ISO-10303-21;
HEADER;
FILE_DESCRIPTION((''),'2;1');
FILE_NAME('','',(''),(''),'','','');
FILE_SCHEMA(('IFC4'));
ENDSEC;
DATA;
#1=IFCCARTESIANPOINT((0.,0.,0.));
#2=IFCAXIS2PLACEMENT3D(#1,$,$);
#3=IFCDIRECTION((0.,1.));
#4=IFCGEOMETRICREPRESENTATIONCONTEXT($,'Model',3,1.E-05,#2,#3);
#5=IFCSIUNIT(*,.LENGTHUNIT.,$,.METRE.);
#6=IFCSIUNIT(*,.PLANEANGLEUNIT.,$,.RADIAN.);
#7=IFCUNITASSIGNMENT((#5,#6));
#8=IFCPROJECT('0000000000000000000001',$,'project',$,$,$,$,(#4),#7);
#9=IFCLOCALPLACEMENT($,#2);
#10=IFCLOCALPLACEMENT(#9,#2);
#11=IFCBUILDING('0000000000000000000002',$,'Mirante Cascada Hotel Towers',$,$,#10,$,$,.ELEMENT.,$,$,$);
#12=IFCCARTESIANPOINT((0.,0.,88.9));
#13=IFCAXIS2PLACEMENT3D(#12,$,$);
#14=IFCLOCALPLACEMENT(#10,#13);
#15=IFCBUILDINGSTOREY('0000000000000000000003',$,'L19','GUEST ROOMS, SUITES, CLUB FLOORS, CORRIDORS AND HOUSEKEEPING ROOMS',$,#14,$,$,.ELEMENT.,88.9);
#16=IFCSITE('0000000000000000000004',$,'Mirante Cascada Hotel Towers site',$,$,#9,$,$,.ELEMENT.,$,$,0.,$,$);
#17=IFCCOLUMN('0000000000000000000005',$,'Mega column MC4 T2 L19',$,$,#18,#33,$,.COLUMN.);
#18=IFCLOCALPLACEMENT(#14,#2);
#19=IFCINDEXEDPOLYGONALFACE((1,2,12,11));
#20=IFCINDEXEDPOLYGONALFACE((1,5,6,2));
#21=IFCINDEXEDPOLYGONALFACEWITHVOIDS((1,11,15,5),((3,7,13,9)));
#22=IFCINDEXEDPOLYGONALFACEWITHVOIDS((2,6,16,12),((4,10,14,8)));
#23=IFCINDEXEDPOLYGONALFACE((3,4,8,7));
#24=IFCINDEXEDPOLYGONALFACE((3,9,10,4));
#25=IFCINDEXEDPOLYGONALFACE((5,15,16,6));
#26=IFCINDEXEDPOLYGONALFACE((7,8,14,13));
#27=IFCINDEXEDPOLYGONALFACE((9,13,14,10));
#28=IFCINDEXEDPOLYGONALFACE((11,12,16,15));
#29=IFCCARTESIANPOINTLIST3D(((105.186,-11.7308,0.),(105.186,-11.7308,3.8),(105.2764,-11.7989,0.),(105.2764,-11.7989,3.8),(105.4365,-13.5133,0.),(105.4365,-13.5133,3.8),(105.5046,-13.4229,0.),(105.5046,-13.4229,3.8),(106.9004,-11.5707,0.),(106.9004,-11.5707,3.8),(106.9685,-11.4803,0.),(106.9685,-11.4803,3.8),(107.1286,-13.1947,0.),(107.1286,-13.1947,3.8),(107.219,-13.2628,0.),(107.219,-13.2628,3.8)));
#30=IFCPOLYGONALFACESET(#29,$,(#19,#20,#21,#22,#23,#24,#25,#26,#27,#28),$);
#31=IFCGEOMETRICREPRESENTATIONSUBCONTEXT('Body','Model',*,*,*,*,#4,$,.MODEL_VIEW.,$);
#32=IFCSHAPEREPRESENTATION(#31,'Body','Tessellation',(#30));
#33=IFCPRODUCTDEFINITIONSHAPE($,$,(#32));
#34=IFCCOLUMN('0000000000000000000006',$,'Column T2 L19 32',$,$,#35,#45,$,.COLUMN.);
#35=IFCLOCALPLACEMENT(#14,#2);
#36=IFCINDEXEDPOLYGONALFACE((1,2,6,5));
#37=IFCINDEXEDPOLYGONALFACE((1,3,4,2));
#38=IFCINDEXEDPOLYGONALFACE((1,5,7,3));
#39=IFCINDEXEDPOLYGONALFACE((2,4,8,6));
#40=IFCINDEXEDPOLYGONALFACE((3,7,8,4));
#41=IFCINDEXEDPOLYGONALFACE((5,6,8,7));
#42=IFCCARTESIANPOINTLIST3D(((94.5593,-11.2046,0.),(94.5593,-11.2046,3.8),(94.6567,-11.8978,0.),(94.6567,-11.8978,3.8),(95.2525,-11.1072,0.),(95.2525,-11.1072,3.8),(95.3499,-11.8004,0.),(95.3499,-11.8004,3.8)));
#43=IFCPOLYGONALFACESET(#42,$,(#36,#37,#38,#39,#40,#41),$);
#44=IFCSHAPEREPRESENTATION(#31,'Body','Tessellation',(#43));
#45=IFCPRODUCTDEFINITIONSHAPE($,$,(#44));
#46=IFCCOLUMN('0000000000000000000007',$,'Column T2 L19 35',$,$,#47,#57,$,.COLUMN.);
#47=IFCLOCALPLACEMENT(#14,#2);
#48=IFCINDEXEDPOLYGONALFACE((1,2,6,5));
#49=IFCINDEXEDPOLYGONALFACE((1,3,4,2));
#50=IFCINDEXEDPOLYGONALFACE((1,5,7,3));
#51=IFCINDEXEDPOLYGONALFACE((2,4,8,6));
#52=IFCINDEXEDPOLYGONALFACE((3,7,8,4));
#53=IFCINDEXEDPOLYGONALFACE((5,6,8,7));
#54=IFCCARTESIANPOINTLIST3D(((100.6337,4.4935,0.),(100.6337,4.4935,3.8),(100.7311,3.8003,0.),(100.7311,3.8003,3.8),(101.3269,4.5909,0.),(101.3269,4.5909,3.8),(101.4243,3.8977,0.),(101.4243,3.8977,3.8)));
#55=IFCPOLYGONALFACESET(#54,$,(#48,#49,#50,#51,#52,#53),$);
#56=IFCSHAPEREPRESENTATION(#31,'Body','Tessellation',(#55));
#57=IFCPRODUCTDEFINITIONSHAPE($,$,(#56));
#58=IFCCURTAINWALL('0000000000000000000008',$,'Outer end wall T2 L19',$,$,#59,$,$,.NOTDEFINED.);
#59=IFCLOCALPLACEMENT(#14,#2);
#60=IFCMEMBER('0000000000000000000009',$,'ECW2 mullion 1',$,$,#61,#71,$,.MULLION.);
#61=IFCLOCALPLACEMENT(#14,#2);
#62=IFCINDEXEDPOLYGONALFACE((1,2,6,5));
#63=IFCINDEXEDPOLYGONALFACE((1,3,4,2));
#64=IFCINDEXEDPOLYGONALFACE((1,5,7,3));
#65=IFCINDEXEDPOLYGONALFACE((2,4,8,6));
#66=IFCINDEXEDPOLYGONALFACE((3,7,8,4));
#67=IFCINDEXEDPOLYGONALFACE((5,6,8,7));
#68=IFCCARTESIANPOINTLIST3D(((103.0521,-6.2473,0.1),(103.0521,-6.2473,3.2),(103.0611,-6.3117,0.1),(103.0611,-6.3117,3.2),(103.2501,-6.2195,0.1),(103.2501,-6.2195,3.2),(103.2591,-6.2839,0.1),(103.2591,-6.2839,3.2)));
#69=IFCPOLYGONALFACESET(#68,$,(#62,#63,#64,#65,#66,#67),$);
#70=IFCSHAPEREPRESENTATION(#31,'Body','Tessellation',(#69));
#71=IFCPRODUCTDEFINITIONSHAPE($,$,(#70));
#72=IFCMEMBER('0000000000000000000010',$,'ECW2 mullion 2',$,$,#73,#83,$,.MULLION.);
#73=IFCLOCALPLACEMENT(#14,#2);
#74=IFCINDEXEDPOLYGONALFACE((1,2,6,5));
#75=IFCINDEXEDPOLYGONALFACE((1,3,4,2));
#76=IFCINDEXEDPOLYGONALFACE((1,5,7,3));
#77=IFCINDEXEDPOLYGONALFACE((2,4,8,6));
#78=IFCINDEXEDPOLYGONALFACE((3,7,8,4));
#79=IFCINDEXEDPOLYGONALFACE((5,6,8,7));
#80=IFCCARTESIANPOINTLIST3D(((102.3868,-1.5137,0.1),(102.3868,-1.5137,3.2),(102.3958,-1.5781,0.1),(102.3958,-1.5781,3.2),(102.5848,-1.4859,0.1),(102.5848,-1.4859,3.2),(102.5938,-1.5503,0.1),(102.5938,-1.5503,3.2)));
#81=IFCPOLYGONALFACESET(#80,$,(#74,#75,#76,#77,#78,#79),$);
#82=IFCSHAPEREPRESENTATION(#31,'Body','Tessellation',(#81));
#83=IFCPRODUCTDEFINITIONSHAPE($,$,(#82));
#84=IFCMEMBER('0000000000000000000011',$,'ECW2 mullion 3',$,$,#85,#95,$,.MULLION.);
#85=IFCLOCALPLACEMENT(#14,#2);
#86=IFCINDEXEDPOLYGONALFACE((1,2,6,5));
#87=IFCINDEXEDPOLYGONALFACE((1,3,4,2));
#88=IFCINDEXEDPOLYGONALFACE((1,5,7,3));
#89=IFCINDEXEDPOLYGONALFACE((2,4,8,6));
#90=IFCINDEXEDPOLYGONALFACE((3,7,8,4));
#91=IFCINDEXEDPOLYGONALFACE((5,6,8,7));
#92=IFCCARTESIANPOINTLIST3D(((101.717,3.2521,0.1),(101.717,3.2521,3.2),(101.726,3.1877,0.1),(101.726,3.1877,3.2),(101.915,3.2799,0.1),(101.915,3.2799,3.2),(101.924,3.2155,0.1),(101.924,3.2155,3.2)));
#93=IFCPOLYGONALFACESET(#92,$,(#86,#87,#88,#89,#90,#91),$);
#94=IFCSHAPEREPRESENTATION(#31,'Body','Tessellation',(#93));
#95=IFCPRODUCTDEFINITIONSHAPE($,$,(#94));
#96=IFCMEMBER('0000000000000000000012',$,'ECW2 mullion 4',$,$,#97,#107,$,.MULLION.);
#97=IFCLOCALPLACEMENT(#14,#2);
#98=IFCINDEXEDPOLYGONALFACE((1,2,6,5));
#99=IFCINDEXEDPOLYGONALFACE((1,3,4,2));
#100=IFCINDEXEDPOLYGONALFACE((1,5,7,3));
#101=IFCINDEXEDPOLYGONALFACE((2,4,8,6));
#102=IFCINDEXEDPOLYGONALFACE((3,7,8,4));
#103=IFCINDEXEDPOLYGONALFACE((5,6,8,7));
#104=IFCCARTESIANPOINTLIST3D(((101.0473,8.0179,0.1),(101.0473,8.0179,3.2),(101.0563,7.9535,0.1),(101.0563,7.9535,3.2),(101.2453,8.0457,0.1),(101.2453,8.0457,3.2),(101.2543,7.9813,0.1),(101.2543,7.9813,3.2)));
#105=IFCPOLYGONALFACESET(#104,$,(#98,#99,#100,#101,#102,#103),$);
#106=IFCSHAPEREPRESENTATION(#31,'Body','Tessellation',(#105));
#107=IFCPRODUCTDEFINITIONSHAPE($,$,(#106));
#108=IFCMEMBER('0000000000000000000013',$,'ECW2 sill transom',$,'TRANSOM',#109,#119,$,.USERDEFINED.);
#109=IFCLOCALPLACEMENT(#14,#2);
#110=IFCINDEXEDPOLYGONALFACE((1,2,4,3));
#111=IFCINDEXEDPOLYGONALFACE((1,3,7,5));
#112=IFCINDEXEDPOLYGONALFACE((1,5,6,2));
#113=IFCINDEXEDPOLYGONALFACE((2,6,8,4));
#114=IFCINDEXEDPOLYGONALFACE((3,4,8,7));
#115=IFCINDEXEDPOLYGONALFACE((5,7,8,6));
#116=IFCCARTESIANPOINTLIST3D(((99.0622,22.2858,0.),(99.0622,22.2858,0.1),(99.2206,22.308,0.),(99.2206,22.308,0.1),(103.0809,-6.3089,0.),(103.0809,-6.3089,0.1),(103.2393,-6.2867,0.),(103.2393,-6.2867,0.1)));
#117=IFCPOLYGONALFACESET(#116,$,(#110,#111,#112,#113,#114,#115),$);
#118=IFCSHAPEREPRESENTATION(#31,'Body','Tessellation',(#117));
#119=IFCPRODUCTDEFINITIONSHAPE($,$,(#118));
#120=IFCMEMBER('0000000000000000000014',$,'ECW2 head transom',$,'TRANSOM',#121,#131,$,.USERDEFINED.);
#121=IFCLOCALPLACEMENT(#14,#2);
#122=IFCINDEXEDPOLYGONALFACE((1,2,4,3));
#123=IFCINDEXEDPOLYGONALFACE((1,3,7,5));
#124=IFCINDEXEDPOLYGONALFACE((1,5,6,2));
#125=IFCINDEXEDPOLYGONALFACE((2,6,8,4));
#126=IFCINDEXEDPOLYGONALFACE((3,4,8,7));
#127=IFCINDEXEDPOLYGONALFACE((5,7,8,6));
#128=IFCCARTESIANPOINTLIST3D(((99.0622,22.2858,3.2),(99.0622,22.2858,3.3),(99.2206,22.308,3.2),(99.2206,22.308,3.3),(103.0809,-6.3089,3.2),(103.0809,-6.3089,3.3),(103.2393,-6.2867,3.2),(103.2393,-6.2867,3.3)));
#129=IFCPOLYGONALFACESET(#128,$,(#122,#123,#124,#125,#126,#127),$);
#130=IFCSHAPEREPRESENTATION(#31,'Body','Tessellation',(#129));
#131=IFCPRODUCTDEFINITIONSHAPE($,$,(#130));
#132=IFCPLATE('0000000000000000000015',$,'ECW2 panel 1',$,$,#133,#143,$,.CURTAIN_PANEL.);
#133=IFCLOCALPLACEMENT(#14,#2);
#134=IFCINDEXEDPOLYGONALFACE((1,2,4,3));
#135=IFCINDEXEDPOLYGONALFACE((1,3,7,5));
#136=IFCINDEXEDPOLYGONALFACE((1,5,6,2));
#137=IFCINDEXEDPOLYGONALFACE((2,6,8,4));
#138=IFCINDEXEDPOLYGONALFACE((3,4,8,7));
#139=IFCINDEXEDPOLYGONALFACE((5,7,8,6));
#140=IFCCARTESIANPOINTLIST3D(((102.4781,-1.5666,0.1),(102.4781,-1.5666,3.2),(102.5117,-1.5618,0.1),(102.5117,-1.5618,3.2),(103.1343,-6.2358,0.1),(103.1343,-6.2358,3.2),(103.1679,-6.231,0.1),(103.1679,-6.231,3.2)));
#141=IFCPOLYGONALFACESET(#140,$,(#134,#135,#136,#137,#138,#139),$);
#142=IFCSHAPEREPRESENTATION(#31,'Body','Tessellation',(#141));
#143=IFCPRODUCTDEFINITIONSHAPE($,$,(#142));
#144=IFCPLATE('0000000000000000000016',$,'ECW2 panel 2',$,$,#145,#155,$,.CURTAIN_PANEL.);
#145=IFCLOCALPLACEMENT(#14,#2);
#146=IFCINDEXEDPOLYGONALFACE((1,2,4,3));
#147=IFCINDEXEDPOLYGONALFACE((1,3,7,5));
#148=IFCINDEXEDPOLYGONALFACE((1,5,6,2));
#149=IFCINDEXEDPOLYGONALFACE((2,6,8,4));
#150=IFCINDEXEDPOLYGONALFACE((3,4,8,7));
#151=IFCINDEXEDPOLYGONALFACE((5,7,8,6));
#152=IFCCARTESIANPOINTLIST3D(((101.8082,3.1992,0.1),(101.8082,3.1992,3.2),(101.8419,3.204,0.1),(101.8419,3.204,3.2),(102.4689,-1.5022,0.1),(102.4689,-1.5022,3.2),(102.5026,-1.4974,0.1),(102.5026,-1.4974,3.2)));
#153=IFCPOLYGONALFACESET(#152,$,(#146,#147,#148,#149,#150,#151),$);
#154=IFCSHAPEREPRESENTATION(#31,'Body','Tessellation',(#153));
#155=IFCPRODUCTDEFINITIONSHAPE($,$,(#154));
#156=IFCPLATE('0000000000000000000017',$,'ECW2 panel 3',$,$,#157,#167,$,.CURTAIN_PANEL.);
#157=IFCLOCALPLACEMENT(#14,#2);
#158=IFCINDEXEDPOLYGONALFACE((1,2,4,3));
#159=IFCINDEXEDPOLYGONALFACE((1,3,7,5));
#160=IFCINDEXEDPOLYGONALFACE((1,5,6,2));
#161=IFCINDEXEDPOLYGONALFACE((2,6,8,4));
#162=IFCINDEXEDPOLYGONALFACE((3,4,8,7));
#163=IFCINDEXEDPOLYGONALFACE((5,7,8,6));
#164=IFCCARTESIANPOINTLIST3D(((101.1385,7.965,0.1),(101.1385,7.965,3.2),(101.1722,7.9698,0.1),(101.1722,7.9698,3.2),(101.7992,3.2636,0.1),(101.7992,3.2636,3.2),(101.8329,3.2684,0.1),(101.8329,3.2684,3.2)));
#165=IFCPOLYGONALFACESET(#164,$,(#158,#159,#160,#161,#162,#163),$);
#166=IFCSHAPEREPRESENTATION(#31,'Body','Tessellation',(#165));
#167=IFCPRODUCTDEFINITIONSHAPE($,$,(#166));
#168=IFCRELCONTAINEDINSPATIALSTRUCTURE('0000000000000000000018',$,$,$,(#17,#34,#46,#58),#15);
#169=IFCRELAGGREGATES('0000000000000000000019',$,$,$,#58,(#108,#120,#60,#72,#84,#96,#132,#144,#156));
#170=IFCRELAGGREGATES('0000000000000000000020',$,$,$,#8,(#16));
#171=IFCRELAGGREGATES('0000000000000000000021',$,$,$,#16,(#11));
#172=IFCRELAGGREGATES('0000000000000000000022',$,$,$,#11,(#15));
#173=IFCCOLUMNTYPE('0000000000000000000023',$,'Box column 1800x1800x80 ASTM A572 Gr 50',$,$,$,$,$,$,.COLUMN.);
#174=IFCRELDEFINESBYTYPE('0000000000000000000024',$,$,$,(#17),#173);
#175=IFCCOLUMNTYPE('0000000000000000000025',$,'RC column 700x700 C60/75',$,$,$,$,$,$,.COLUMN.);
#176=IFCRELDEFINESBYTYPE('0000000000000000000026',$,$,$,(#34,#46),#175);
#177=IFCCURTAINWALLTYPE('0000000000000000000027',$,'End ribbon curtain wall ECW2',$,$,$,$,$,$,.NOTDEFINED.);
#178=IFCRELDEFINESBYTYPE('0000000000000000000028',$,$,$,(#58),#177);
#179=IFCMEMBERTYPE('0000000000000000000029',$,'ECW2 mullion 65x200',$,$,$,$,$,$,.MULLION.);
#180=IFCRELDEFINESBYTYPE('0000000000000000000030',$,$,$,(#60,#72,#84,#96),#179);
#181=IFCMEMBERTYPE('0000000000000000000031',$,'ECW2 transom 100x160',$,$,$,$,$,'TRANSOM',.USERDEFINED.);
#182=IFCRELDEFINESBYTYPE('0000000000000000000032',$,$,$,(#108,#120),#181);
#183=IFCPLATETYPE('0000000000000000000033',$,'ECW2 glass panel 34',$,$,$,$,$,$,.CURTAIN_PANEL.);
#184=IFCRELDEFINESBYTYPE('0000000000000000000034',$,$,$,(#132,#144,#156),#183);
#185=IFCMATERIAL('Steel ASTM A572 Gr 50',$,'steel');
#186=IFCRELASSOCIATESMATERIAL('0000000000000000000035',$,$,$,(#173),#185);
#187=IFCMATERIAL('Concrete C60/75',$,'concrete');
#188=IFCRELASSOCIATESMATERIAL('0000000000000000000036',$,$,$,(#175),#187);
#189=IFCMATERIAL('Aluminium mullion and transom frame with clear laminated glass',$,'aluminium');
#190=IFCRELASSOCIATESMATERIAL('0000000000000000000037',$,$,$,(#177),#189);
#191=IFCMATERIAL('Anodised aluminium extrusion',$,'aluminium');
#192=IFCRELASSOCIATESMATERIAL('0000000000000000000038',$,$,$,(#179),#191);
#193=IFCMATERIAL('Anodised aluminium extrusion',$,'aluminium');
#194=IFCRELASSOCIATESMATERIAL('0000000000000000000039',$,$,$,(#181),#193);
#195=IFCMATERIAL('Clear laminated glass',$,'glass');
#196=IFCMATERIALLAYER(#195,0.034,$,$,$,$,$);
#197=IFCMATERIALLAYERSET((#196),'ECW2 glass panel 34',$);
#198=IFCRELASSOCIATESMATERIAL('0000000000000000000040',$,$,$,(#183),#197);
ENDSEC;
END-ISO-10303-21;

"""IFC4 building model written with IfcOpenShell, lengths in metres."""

from ifc_helpers import new_model, si_unit, direction, frame, origin, origin_2d, place, context, subcontext, project, spatial, rectangle, hollow_rectangle, extrude, material, layer, layer_set, material_profile, profile_set, type_object, element, aggregate, save


model = new_model("IFC4")

# Units and contexts
model_context = context("Model", 3, precision=1e-05, world=origin(), true_north=direction((0.0, 1.0)))
body_context = subcontext(model_context, "Body", "Model", "MODEL_VIEW")
ifc_project = project(units=[si_unit("LENGTHUNIT", "METRE"), si_unit("PLANEANGLEUNIT", "RADIAN")], contexts=[model_context])

# Site, building, storey
site_placement = place(None, origin())
site = spatial("IfcSite", under=ifc_project, at=site_placement, Name="Mirante Cascada Hotel Towers site", CompositionType="ELEMENT", RefElevation=0.0)
building_placement = place(site_placement, origin())
building = spatial("IfcBuilding", under=site, at=building_placement, Name="Mirante Cascada Hotel Towers", CompositionType="ELEMENT")
storey_placement = place(building_placement, frame((0.0, 0.0, 88.9)))
storey = spatial("IfcBuildingStorey", under=building, at=storey_placement, Name="L19", Description="GUEST ROOMS, SUITES, CLUB FLOORS, CORRIDORS AND HOUSEKEEPING ROOMS", CompositionType="ELEMENT", Elevation=88.9)

# Columns
ifc_material_1 = material(Name="Steel ASTM A572 Gr 50", Category="steel")
ifc_material_profile_1 = material_profile(ifc_material_1, hollow_rectangle(XDim=1.8, YDim=1.8, WallThickness=0.08, at=origin_2d()), Name="Box column 1800x1800x80 ASTM A572 Gr 50")
ifc_profile_set_1 = profile_set([ifc_material_profile_1], Name="Steel ASTM A572 Gr 50")
column_type_1 = type_object("IfcColumnType", Name="Box column 1800x1800x80 ASTM A572 Gr 50", PredefinedType="COLUMN", material=ifc_profile_set_1)
column_placement = place(storey_placement, frame((106.2025, -12.4968, 0.0), z_axis=(0.0, 0.0, 1.0), x_axis=(0.990268, 0.139173, 0.0)))
element("IfcColumn", 1, at=column_placement, inside=storey, type_object=column_type_1, Name="Mega column MC4 T2 L19", PredefinedType="COLUMN", context=body_context, shape_type="SweptSolid", body=[
    extrude(hollow_rectangle(XDim=1.8, YDim=1.8, WallThickness=0.08, at=origin_2d()), origin(), (0.0, 0.0, 1.0), 3.8),
])
ifc_material_2 = material(Name="Concrete C60/75", Category="concrete")
ifc_material_profile_2 = material_profile(ifc_material_2, rectangle(XDim=0.7, YDim=0.7, at=origin_2d()), Name="RC column 700x700 C60/75")
ifc_profile_set_2 = profile_set([ifc_material_profile_2], Name="Concrete C60/75")
column_type_2 = type_object("IfcColumnType", Name="RC column 700x700 C60/75", PredefinedType="COLUMN", material=ifc_profile_set_2)
for number, where, z_axis, x_axis, name in (
    (2, (94.9546, -11.5025, 0.0), (0.0, 0.0, 1.0), (0.990268, 0.139173, 0.0), "Column T2 L19 32"),
    (3, (101.029, 4.1956, 0.0), (0.0, 0.0, 1.0), (0.990268, 0.139173, 0.0), "Column T2 L19 35"),
):
    element("IfcColumn", number, at=place(storey_placement, frame(where, z_axis=z_axis, x_axis=x_axis)), inside=storey, type_object=column_type_2, Name=name, PredefinedType="COLUMN", context=body_context, shape_type="SweptSolid", body=[
        extrude(rectangle(XDim=0.7, YDim=0.7, at=origin_2d()), origin(), (0.0, 0.0, 1.0), 3.8),
    ])

# Curtain wall, members, plates
ifc_material_3 = material(Name="Aluminium mullion and transom frame with clear laminated glass", Category="aluminium")
curtain_wall_type = type_object("IfcCurtainWallType", Name="End ribbon curtain wall ECW2", PredefinedType="NOTDEFINED", material=ifc_material_3)
curtain_wall_placement = place(storey_placement, origin())
curtain_wall = element("IfcCurtainWall", 4, at=curtain_wall_placement, inside=storey, type_object=curtain_wall_type, Name="Outer end wall T2 L19", PredefinedType="NOTDEFINED")
ifc_material_4 = material(Name="Anodised aluminium extrusion", Category="aluminium")
ifc_material_profile_3 = material_profile(ifc_material_4, rectangle(XDim=0.2, YDim=0.065, at=origin_2d()), Name="ECW2 MULLION 65x200")
ifc_profile_set_3 = profile_set([ifc_material_profile_3], Name="Anodised aluminium extrusion")
member_type_1 = type_object("IfcMemberType", Name="ECW2 mullion 65x200", PredefinedType="MULLION", material=ifc_profile_set_3)
member_1_placement = place(storey_placement, frame((103.1556, -6.2656, 0.1), z_axis=(0.0, 0.0, 1.0), x_axis=(-0.990268, -0.139173, 0.0)))
member_1 = element("IfcMember", 5, at=member_1_placement, type_object=member_type_1, Name="ECW2 mullion 1", PredefinedType="MULLION", context=body_context, shape_type="SweptSolid", body=[
    extrude(rectangle(XDim=0.2, YDim=0.065, at=origin_2d()), origin(), (0.0, 0.0, 1.0), 3.1),
])
member_2_placement = place(storey_placement, frame((102.4903, -1.532, 0.1), z_axis=(0.0, 0.0, 1.0), x_axis=(-0.990268, -0.139173, 0.0)))
member_2 = element("IfcMember", 6, at=member_2_placement, type_object=member_type_1, Name="ECW2 mullion 2", PredefinedType="MULLION", context=body_context, shape_type="SweptSolid", body=[
    extrude(rectangle(XDim=0.2, YDim=0.065, at=origin_2d()), origin(), (0.0, 0.0, 1.0), 3.1),
])
member_3_placement = place(storey_placement, frame((101.8205, 3.2338, 0.1), z_axis=(0.0, 0.0, 1.0), x_axis=(-0.990268, -0.139173, 0.0)))
member_3 = element("IfcMember", 7, at=member_3_placement, type_object=member_type_1, Name="ECW2 mullion 3", PredefinedType="MULLION", context=body_context, shape_type="SweptSolid", body=[
    extrude(rectangle(XDim=0.2, YDim=0.065, at=origin_2d()), origin(), (0.0, 0.0, 1.0), 3.1),
])
member_4_placement = place(storey_placement, frame((101.1508, 7.9996, 0.1), z_axis=(0.0, 0.0, 1.0), x_axis=(-0.990268, -0.139173, 0.0)))
member_4 = element("IfcMember", 8, at=member_4_placement, type_object=member_type_1, Name="ECW2 mullion 4", PredefinedType="MULLION", context=body_context, shape_type="SweptSolid", body=[
    extrude(rectangle(XDim=0.2, YDim=0.065, at=origin_2d()), origin(), (0.0, 0.0, 1.0), 3.1),
])
ifc_material_5 = material(Name="Anodised aluminium extrusion", Category="aluminium")
ifc_material_profile_4 = material_profile(ifc_material_5, rectangle(XDim=0.16, YDim=0.1, at=origin_2d()), Name="ECW2 TRANSOM 100x160")
ifc_profile_set_4 = profile_set([ifc_material_profile_4], Name="Anodised aluminium extrusion")
member_type_2 = type_object("IfcMemberType", Name="ECW2 transom 100x160", ElementType="TRANSOM", PredefinedType="USERDEFINED", material=ifc_profile_set_4)
member_5_placement = place(storey_placement, frame((103.1601, -6.2978, 0.05), z_axis=(-0.139172, 0.990268, 0.0), x_axis=(-0.990268, -0.139172, 0.0)))
member_5 = element("IfcMember", 9, at=member_5_placement, type_object=member_type_2, Name="ECW2 sill transom", ObjectType="TRANSOM", PredefinedType="USERDEFINED", context=body_context, shape_type="SweptSolid", body=[
    extrude(rectangle(XDim=0.16, YDim=0.1, at=origin_2d()), origin(), (0.0, 0.0, 1.0), 28.8757),
])
member_6_placement = place(storey_placement, frame((103.1601, -6.2978, 3.25), z_axis=(-0.139172, 0.990268, 0.0), x_axis=(-0.990268, -0.139172, 0.0)))
member_6 = element("IfcMember", 10, at=member_6_placement, type_object=member_type_2, Name="ECW2 head transom", ObjectType="TRANSOM", PredefinedType="USERDEFINED", context=body_context, shape_type="SweptSolid", body=[
    extrude(rectangle(XDim=0.16, YDim=0.1, at=origin_2d()), origin(), (0.0, 0.0, 1.0), 28.8757),
])
ifc_material_6 = material(Name="Clear laminated glass", Category="glass")
ifc_layer_1 = layer(ifc_material_6, 0.034)
ifc_layer_set_1 = layer_set([ifc_layer_1], Name="ECW2 glass panel 34")
plate_type = type_object("IfcPlateType", Name="ECW2 glass panel 34", PredefinedType="CURTAIN_PANEL", material=ifc_layer_set_1)
plate_1_placement = place(storey_placement, frame((102.823, -3.8988, 0.1), z_axis=(0.0, 0.0, 1.0), x_axis=(-0.139173, 0.990268, 0.0)))
plate_1 = element("IfcPlate", 11, at=plate_1_placement, type_object=plate_type, Name="ECW2 panel 1", PredefinedType="CURTAIN_PANEL", context=body_context, shape_type="SweptSolid", body=[
    extrude(rectangle(XDim=4.7151, YDim=0.034, at=origin_2d()), origin(), (0.0, 0.0, 1.0), 3.1),
])
plate_2_placement = place(storey_placement, frame((102.1554, 0.8509, 0.1), z_axis=(0.0, 0.0, 1.0), x_axis=(-0.139173, 0.990268, 0.0)))
plate_2 = element("IfcPlate", 12, at=plate_2_placement, type_object=plate_type, Name="ECW2 panel 2", PredefinedType="CURTAIN_PANEL", context=body_context, shape_type="SweptSolid", body=[
    extrude(rectangle(XDim=4.7476, YDim=0.034, at=origin_2d()), origin(), (0.0, 0.0, 1.0), 3.1),
])
plate_3_placement = place(storey_placement, frame((101.4857, 5.6167, 0.1), z_axis=(0.0, 0.0, 1.0), x_axis=(-0.139173, 0.990268, 0.0)))
plate_3 = element("IfcPlate", 13, at=plate_3_placement, type_object=plate_type, Name="ECW2 panel 3", PredefinedType="CURTAIN_PANEL", context=body_context, shape_type="SweptSolid", body=[
    extrude(rectangle(XDim=4.7476, YDim=0.034, at=origin_2d()), origin(), (0.0, 0.0, 1.0), 3.1),
])
aggregate(curtain_wall, [member_5, member_6, member_1, member_2, member_3, member_4, plate_1, plate_2, plate_3])

save(model, "model.ifc")
